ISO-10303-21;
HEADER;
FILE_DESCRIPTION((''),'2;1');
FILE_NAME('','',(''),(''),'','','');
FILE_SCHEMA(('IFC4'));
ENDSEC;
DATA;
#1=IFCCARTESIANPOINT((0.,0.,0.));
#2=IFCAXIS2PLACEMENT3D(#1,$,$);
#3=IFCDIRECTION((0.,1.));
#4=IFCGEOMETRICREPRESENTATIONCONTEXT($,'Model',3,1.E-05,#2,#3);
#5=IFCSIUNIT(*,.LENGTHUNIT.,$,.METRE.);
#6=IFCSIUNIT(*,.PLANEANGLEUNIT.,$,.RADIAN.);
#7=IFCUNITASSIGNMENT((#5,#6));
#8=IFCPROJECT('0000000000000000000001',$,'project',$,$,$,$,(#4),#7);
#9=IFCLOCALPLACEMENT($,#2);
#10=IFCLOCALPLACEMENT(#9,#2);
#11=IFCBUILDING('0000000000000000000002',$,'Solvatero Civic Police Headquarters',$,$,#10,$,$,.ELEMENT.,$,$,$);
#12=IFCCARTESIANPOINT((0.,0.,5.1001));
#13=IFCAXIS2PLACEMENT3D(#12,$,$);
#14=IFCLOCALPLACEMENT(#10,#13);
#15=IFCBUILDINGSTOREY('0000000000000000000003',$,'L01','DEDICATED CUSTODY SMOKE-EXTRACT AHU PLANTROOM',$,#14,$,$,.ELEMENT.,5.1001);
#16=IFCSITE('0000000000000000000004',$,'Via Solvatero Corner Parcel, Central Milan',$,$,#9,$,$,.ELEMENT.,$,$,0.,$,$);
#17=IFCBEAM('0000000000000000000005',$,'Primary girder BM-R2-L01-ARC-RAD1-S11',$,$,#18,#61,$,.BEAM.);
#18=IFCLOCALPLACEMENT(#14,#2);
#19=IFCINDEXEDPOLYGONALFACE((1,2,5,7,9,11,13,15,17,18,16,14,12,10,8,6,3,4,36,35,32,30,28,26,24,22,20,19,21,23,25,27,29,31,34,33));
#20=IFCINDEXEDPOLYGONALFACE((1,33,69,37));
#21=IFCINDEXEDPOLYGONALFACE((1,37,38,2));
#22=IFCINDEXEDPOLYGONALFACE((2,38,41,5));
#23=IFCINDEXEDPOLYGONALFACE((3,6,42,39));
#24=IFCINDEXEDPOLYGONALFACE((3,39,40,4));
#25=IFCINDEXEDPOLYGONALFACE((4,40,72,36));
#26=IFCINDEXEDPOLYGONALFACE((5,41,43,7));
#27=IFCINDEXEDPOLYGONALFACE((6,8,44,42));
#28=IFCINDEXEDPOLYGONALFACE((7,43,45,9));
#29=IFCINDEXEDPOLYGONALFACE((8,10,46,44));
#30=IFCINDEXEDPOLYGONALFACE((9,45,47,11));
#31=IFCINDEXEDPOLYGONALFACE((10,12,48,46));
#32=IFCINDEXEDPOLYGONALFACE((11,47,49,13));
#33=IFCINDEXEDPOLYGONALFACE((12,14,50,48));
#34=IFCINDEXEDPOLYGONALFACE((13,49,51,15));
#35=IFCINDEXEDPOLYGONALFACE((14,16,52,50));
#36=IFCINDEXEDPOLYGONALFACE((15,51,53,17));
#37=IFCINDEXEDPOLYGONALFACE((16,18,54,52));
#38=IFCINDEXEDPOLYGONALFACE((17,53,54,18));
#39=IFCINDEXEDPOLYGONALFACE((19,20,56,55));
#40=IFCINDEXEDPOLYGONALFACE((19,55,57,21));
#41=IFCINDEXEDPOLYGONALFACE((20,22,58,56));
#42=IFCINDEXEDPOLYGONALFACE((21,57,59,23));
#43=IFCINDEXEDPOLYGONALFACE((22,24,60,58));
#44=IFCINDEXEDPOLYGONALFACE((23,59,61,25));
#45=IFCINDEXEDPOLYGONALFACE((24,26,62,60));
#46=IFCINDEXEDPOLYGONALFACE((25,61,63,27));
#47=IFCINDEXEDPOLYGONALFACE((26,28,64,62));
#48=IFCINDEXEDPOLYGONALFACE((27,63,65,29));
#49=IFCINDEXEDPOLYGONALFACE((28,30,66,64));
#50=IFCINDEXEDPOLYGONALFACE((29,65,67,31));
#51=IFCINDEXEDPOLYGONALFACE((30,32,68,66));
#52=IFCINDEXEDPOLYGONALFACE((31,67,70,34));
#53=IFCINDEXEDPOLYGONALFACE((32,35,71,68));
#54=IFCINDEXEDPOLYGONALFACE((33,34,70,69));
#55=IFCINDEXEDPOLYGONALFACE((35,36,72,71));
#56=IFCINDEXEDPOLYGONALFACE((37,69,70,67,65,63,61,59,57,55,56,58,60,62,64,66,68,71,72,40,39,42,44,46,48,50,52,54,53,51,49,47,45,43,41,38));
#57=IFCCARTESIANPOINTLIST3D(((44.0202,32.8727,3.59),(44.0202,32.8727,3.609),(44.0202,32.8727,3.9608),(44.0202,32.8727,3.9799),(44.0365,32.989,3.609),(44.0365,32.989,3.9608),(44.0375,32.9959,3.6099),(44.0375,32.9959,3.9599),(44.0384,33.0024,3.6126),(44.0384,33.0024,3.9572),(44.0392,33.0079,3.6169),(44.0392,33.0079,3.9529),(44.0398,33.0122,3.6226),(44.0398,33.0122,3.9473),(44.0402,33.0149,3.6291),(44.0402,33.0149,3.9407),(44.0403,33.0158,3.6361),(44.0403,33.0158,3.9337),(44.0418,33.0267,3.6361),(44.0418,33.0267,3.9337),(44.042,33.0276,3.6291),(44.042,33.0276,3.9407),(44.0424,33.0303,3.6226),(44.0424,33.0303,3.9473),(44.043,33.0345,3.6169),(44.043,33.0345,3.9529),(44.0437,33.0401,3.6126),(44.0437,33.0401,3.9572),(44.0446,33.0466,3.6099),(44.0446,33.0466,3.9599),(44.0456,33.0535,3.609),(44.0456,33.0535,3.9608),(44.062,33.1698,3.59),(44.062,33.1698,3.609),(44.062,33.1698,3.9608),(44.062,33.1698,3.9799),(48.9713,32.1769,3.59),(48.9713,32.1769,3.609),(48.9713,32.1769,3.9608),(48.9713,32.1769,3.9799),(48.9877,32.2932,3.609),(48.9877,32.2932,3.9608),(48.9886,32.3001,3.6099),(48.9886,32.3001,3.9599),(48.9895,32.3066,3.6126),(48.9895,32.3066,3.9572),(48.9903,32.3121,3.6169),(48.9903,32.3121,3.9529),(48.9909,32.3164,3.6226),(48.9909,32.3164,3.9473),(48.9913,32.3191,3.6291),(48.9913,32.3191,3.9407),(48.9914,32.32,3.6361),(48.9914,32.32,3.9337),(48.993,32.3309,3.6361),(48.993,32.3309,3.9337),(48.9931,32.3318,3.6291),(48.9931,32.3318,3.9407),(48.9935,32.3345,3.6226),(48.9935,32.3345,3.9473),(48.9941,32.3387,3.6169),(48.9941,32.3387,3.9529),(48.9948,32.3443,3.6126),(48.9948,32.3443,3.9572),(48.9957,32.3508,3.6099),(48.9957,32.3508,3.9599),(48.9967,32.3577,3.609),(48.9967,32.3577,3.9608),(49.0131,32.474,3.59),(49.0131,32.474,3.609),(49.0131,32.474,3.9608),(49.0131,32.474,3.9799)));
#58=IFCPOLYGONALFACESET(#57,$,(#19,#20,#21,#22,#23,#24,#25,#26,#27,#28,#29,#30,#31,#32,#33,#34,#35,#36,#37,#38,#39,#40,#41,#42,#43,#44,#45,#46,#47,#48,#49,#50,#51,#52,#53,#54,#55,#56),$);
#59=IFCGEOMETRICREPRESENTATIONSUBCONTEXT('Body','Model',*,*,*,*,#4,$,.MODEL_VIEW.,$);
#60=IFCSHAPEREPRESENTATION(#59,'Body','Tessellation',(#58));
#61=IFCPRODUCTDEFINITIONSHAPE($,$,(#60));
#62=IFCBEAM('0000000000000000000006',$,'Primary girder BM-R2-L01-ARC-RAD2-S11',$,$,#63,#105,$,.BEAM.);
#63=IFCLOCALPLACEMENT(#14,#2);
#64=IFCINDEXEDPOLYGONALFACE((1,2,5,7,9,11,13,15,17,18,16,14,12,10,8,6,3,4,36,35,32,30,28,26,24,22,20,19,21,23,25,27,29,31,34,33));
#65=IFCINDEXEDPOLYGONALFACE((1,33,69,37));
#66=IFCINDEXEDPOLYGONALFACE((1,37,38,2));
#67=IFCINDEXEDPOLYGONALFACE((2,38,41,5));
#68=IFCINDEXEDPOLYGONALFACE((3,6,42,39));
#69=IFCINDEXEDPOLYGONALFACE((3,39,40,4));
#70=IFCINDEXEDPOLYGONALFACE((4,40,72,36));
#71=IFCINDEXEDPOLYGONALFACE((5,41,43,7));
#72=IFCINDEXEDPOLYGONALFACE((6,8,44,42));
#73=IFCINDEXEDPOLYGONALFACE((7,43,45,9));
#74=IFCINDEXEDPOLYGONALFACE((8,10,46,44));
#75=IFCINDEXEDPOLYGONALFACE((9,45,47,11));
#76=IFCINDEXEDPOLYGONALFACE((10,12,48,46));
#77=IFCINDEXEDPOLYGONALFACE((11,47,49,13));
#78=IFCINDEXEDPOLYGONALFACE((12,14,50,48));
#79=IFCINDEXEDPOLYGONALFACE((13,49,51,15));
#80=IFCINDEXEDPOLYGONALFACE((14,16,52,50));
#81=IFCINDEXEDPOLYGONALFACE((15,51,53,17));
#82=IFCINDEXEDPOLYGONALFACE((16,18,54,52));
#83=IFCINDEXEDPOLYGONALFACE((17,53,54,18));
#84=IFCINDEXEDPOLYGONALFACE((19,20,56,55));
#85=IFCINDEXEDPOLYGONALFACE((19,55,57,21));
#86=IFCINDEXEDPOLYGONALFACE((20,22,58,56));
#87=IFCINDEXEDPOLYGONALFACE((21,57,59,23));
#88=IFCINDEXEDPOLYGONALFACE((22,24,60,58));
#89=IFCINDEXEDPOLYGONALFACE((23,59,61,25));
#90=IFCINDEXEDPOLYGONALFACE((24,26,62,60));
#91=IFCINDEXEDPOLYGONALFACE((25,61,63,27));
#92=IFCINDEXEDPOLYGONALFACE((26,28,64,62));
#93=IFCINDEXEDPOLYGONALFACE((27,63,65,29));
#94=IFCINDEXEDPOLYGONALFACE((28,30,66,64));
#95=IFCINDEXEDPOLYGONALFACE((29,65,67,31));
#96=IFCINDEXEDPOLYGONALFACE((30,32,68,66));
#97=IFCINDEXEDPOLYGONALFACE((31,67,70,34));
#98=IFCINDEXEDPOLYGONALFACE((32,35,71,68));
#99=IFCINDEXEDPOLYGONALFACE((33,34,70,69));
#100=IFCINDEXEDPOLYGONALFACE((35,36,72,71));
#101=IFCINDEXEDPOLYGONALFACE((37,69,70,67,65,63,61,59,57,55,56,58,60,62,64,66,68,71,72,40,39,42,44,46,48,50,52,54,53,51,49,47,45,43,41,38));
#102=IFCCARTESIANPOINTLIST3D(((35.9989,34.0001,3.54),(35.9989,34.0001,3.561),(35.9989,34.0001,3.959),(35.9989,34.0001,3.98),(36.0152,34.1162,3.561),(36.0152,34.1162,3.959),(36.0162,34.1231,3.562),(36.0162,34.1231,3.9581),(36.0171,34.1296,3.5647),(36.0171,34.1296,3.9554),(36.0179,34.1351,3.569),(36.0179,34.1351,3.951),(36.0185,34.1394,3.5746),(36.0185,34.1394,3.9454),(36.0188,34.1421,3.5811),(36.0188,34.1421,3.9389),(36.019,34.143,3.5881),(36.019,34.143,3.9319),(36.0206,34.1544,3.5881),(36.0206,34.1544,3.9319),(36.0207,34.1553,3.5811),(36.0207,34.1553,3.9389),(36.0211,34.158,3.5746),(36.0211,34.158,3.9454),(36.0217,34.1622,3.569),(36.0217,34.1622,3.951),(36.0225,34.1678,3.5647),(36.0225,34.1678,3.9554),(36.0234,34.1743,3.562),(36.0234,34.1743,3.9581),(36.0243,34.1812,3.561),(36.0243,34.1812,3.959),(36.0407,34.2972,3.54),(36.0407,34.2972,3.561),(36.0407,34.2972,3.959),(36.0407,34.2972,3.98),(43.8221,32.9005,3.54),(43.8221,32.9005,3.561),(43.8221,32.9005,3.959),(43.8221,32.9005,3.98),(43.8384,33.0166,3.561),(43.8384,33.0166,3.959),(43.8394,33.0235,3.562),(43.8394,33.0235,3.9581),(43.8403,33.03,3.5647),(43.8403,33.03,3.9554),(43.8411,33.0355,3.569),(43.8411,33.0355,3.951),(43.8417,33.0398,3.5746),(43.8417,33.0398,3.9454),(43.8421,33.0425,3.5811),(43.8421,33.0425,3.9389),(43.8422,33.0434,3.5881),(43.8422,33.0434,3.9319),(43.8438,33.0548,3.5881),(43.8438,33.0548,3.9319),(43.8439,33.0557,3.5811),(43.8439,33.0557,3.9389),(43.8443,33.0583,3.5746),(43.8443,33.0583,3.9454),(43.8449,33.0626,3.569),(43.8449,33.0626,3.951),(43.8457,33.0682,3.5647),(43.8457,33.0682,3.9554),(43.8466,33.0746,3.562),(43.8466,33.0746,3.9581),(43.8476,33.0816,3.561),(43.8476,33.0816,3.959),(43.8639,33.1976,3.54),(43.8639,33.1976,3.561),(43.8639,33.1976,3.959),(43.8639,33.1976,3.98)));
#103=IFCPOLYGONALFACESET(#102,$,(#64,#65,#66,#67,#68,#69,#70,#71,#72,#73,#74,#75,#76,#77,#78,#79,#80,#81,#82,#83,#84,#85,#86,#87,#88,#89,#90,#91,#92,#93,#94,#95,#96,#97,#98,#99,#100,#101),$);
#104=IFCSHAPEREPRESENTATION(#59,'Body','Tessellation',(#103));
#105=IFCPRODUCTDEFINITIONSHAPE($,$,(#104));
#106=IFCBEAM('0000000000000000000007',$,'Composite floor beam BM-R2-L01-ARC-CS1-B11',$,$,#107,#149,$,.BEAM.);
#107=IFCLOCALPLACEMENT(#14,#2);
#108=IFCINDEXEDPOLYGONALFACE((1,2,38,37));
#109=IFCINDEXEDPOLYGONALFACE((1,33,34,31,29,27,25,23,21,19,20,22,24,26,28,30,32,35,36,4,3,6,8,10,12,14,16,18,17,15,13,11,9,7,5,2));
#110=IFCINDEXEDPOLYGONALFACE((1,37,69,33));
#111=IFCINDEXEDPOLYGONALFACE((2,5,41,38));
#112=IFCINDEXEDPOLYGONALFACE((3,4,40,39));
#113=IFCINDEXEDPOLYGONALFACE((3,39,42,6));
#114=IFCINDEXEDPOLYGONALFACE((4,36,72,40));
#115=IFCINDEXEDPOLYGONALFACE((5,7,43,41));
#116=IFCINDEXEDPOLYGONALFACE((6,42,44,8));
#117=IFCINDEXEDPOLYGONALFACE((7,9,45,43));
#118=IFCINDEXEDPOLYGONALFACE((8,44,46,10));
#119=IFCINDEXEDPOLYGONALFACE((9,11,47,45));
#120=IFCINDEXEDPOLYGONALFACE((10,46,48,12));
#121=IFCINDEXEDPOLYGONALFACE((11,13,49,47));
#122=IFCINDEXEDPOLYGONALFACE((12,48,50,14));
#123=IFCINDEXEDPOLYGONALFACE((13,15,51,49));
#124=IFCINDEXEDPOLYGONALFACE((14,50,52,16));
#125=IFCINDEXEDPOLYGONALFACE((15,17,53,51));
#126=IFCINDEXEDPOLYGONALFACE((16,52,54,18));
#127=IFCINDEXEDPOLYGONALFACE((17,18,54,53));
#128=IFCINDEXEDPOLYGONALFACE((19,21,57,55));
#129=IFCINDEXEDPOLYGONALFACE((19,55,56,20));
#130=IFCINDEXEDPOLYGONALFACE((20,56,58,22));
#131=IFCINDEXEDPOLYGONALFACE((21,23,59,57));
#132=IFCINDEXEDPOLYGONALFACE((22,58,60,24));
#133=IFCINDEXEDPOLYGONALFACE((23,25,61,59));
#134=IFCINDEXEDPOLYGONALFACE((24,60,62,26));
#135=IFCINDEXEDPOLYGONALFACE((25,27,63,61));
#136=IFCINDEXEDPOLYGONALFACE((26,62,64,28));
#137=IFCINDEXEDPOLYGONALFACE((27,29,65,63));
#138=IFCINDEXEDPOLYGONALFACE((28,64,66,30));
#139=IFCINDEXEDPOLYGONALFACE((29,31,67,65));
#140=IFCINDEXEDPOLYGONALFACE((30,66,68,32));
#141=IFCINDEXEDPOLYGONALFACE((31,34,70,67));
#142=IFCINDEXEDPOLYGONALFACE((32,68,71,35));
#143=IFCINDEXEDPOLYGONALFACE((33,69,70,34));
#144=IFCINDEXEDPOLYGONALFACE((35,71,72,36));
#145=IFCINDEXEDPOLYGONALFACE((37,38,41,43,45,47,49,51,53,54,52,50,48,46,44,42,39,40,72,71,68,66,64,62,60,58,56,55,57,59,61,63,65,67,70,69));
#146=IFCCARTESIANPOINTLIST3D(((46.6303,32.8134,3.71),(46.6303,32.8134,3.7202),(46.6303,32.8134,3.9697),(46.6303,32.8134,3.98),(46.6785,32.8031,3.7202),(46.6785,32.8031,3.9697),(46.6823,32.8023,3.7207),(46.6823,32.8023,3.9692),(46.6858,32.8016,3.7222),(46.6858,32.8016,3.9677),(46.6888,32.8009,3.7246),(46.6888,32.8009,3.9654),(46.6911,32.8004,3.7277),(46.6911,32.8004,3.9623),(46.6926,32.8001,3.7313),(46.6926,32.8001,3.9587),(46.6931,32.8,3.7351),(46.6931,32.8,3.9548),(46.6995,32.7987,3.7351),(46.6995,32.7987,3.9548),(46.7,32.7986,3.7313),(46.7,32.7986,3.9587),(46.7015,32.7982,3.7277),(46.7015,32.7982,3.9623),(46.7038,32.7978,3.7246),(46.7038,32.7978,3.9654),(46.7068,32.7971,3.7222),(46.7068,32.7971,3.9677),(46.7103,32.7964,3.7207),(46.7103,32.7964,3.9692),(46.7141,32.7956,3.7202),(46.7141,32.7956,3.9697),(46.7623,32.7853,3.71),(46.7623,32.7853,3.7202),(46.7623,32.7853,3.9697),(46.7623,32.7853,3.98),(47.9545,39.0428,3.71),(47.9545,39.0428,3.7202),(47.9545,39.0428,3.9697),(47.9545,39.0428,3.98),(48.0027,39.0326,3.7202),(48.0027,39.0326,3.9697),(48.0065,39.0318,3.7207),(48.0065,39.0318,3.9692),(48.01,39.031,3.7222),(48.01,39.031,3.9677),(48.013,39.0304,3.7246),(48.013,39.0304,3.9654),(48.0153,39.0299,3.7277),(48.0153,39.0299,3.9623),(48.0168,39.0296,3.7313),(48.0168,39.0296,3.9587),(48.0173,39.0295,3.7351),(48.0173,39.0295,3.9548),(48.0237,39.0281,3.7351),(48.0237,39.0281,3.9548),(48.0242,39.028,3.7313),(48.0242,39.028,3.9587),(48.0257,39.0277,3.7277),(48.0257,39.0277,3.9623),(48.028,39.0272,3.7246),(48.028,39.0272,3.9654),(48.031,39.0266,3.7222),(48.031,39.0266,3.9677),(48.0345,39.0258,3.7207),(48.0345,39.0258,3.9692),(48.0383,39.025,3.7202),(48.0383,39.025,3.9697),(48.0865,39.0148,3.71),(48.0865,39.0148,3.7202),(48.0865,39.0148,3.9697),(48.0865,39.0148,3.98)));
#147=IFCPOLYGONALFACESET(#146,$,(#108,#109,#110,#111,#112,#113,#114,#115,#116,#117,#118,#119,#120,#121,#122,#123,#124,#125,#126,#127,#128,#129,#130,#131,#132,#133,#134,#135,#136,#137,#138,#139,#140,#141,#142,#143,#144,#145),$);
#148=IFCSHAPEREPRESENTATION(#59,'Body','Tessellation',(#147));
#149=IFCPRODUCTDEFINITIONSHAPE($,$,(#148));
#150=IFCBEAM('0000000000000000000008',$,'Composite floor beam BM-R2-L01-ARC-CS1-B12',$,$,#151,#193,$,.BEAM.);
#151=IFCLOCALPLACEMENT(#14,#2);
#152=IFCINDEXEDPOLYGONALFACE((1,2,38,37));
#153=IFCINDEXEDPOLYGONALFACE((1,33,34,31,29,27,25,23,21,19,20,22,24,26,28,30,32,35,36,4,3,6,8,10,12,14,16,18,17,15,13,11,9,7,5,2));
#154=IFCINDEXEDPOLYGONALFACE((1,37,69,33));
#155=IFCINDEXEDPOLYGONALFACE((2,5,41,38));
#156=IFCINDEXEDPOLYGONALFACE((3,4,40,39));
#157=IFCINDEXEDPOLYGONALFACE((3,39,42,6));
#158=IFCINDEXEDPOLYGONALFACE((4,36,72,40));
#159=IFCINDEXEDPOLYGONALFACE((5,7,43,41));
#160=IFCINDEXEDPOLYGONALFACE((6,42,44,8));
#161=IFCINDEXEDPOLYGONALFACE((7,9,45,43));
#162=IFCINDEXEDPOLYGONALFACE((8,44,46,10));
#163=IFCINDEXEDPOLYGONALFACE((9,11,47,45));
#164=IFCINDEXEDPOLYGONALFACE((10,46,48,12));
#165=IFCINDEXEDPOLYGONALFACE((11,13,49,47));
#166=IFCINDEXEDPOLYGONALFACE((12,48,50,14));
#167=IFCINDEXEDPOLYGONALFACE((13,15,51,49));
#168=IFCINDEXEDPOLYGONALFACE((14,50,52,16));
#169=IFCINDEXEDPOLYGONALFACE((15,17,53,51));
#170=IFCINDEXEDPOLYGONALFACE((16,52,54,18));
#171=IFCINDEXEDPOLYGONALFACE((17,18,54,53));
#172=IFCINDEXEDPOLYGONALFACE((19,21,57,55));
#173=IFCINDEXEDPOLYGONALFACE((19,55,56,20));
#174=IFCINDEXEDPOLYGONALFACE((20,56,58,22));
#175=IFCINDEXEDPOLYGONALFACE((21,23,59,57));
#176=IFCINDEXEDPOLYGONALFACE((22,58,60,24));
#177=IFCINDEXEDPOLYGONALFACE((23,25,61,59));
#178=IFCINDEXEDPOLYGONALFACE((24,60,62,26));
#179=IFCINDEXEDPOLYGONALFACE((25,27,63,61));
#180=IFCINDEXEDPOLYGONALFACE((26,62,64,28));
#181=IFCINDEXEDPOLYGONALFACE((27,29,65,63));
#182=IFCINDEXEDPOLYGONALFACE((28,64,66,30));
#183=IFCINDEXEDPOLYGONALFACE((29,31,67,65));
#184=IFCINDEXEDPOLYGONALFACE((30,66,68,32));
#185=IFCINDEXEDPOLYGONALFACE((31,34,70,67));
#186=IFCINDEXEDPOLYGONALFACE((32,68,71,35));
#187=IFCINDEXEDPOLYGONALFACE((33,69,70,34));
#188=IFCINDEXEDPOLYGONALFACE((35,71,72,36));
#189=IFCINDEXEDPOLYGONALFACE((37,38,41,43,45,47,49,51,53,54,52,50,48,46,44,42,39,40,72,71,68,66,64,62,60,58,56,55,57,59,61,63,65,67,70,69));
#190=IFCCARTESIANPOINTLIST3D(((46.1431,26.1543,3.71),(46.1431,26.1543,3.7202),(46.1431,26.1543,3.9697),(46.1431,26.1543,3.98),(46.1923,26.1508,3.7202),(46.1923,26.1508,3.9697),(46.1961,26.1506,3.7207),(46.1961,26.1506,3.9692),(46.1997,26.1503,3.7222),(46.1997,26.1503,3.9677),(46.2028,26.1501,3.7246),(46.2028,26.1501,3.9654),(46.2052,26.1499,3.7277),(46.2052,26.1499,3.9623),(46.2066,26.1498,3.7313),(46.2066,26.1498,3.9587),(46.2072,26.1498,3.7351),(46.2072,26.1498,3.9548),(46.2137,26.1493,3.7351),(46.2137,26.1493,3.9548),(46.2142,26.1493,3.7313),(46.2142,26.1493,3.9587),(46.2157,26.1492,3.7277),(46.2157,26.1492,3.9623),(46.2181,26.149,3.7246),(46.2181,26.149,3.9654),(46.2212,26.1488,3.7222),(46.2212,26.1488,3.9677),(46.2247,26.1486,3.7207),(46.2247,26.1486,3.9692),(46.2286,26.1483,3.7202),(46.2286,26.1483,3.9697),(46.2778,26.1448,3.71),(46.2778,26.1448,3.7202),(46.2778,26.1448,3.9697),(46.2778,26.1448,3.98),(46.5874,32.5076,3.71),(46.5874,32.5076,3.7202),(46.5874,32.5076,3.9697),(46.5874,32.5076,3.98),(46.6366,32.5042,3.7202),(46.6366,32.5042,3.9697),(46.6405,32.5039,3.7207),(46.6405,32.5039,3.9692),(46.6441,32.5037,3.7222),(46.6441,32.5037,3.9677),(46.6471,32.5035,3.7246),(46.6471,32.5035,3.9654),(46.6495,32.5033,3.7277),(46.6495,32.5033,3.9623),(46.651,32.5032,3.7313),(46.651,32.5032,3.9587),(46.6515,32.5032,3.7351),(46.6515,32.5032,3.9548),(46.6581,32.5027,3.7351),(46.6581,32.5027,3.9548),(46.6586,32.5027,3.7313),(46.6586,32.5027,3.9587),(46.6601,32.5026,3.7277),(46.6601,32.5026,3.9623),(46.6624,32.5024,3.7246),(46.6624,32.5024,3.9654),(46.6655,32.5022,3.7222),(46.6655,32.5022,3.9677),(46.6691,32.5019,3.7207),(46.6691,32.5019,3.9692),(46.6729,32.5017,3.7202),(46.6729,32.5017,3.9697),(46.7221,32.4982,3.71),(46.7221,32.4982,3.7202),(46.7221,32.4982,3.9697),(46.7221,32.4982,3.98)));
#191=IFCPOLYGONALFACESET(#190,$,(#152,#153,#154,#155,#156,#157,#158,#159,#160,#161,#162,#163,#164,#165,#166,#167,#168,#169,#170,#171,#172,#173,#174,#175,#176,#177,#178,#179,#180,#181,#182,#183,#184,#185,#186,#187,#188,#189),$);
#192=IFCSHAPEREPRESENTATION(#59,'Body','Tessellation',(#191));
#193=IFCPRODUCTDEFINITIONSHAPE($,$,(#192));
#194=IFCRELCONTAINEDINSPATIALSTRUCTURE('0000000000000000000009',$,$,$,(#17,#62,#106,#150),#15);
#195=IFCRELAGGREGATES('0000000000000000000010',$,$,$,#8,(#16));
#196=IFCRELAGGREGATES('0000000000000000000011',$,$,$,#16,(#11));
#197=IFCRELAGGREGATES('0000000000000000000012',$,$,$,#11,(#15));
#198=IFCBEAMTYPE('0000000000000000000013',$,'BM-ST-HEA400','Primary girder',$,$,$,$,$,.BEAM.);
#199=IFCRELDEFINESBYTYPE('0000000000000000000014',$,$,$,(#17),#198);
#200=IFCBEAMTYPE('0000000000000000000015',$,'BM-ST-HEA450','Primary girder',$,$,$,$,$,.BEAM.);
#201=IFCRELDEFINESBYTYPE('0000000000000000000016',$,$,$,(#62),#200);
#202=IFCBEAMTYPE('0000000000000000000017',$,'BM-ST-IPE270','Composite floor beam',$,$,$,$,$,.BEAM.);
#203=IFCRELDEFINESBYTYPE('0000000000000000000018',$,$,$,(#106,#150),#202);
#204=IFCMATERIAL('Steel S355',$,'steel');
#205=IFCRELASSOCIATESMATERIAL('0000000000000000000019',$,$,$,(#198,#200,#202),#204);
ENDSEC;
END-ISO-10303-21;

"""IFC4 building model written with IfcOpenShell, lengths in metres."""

from ifc_helpers import new_model, si_unit, direction, frame, origin, origin_2d, place, context, subcontext, project, spatial, i_section, extrude, material, material_profile, profile_set, type_object, element, save


model = new_model("IFC4")

# Units and contexts
model_context = context("Model", 3, precision=1e-05, world=origin(), true_north=direction((0.0, 1.0)))
body_context = subcontext(model_context, "Body", "Model", "MODEL_VIEW")
ifc_project = project(units=[si_unit("LENGTHUNIT", "METRE"), si_unit("PLANEANGLEUNIT", "RADIAN")], contexts=[model_context])

# Site, building, storey
site_placement = place(None, origin())
site = spatial("IfcSite", under=ifc_project, at=site_placement, Name="Via Solvatero Corner Parcel, Central Milan", CompositionType="ELEMENT", RefElevation=0.0)
building_placement = place(site_placement, origin())
building = spatial("IfcBuilding", under=site, at=building_placement, Name="Solvatero Civic Police Headquarters", CompositionType="ELEMENT")
storey_placement = place(building_placement, frame((0.0, 0.0, 5.1001)))
storey = spatial("IfcBuildingStorey", under=building, at=storey_placement, Name="L01", Description="DEDICATED CUSTODY SMOKE-EXTRACT AHU PLANTROOM", CompositionType="ELEMENT", Elevation=5.1001)

# Shared definitions
ifc_material_1 = material(Name="Steel S355", Category="steel")

# Beams
ifc_material_profile_1 = material_profile(ifc_material_1, i_section(OverallWidth=0.3, OverallDepth=0.3899, WebThickness=0.011, FlangeThickness=0.019, FilletRadius=0.0271, at=origin_2d()), Name="HEA 400")
ifc_profile_set_1 = profile_set([ifc_material_profile_1], Name="Steel S355")
beam_type_1 = type_object("IfcBeamType", Name="BM-ST-HEA400", Description="Primary girder", PredefinedType="BEAM", material=ifc_profile_set_1)
beam_1_placement = place(storey_placement, frame((48.9922, 32.3254, 3.7849), z_axis=(-0.990269, 0.139165, 0.0), x_axis=(-0.139165, -0.990269, 0.0)))
element("IfcBeam", 1, at=beam_1_placement, inside=storey, type_object=beam_type_1, Name="Primary girder BM-R2-L01-ARC-RAD1-S11", PredefinedType="BEAM", context=body_context, shape_type="SweptSolid", body=[
    extrude(i_section(OverallWidth=0.3, OverallDepth=0.3899, WebThickness=0.011, FlangeThickness=0.019, FilletRadius=0.0271, at=origin_2d()), origin(), (0.0, 0.0, 1.0), 4.9998),
])
ifc_material_profile_2 = material_profile(ifc_material_1, i_section(OverallWidth=0.3, OverallDepth=0.4399, WebThickness=0.0115, FlangeThickness=0.021, FilletRadius=0.0271, at=origin_2d()), Name="HEA 450")
ifc_profile_set_2 = profile_set([ifc_material_profile_2], Name="Steel S355")
beam_type_2 = type_object("IfcBeamType", Name="BM-ST-HEA450", Description="Primary girder", PredefinedType="BEAM", material=ifc_profile_set_2)
beam_2_placement = place(storey_placement, frame((43.843, 33.0491, 3.76), z_axis=(-0.990266, 0.139189, 0.0), x_axis=(-0.139189, -0.990266, 0.0)))
element("IfcBeam", 2, at=beam_2_placement, inside=storey, type_object=beam_type_2, Name="Primary girder BM-R2-L01-ARC-RAD2-S11", PredefinedType="BEAM", context=body_context, shape_type="SweptSolid", body=[
    extrude(i_section(OverallWidth=0.3, OverallDepth=0.4399, WebThickness=0.0115, FlangeThickness=0.021, FilletRadius=0.0271, at=origin_2d()), origin(), (0.0, 0.0, 1.0), 7.9001),
])
ifc_material_profile_3 = material_profile(ifc_material_1, i_section(OverallWidth=0.135, OverallDepth=0.27, WebThickness=0.0066, FlangeThickness=0.0103, FilletRadius=0.0149, at=origin_2d()), Name="IPE 270")
ifc_profile_set_3 = profile_set([ifc_material_profile_3], Name="Steel S355")
beam_type_3 = type_object("IfcBeamType", Name="BM-ST-IPE270", Description="Composite floor beam", PredefinedType="BEAM", material=ifc_profile_set_3)
beam_3_placement = place(storey_placement, frame((48.0205, 39.0288, 3.845), z_axis=(-0.207927, -0.978144, 0.0), x_axis=(0.978144, -0.207927, 0.0)))
element("IfcBeam", 3, at=beam_3_placement, inside=storey, type_object=beam_type_3, Name="Composite floor beam BM-R2-L01-ARC-CS1-B11", PredefinedType="BEAM", context=body_context, shape_type="SweptSolid", body=[
    extrude(i_section(OverallWidth=0.135, OverallDepth=0.27, WebThickness=0.0066, FlangeThickness=0.0103, FilletRadius=0.0149, at=origin_2d()), origin(), (0.0, 0.0, 1.0), 6.3687),
])
beam_4_placement = place(storey_placement, frame((46.6548, 32.5029, 3.845), z_axis=(-0.069768, -0.997563, 0.0), x_axis=(0.997563, -0.069768, 0.0)))
element("IfcBeam", 4, at=beam_4_placement, inside=storey, type_object=beam_type_3, Name="Composite floor beam BM-R2-L01-ARC-CS1-B12", PredefinedType="BEAM", context=body_context, shape_type="SweptSolid", body=[
    extrude(i_section(OverallWidth=0.135, OverallDepth=0.27, WebThickness=0.0066, FlangeThickness=0.0103, FilletRadius=0.0149, at=origin_2d()), origin(), (0.0, 0.0, 1.0), 6.3689),
])

save(model, "model.ifc")
